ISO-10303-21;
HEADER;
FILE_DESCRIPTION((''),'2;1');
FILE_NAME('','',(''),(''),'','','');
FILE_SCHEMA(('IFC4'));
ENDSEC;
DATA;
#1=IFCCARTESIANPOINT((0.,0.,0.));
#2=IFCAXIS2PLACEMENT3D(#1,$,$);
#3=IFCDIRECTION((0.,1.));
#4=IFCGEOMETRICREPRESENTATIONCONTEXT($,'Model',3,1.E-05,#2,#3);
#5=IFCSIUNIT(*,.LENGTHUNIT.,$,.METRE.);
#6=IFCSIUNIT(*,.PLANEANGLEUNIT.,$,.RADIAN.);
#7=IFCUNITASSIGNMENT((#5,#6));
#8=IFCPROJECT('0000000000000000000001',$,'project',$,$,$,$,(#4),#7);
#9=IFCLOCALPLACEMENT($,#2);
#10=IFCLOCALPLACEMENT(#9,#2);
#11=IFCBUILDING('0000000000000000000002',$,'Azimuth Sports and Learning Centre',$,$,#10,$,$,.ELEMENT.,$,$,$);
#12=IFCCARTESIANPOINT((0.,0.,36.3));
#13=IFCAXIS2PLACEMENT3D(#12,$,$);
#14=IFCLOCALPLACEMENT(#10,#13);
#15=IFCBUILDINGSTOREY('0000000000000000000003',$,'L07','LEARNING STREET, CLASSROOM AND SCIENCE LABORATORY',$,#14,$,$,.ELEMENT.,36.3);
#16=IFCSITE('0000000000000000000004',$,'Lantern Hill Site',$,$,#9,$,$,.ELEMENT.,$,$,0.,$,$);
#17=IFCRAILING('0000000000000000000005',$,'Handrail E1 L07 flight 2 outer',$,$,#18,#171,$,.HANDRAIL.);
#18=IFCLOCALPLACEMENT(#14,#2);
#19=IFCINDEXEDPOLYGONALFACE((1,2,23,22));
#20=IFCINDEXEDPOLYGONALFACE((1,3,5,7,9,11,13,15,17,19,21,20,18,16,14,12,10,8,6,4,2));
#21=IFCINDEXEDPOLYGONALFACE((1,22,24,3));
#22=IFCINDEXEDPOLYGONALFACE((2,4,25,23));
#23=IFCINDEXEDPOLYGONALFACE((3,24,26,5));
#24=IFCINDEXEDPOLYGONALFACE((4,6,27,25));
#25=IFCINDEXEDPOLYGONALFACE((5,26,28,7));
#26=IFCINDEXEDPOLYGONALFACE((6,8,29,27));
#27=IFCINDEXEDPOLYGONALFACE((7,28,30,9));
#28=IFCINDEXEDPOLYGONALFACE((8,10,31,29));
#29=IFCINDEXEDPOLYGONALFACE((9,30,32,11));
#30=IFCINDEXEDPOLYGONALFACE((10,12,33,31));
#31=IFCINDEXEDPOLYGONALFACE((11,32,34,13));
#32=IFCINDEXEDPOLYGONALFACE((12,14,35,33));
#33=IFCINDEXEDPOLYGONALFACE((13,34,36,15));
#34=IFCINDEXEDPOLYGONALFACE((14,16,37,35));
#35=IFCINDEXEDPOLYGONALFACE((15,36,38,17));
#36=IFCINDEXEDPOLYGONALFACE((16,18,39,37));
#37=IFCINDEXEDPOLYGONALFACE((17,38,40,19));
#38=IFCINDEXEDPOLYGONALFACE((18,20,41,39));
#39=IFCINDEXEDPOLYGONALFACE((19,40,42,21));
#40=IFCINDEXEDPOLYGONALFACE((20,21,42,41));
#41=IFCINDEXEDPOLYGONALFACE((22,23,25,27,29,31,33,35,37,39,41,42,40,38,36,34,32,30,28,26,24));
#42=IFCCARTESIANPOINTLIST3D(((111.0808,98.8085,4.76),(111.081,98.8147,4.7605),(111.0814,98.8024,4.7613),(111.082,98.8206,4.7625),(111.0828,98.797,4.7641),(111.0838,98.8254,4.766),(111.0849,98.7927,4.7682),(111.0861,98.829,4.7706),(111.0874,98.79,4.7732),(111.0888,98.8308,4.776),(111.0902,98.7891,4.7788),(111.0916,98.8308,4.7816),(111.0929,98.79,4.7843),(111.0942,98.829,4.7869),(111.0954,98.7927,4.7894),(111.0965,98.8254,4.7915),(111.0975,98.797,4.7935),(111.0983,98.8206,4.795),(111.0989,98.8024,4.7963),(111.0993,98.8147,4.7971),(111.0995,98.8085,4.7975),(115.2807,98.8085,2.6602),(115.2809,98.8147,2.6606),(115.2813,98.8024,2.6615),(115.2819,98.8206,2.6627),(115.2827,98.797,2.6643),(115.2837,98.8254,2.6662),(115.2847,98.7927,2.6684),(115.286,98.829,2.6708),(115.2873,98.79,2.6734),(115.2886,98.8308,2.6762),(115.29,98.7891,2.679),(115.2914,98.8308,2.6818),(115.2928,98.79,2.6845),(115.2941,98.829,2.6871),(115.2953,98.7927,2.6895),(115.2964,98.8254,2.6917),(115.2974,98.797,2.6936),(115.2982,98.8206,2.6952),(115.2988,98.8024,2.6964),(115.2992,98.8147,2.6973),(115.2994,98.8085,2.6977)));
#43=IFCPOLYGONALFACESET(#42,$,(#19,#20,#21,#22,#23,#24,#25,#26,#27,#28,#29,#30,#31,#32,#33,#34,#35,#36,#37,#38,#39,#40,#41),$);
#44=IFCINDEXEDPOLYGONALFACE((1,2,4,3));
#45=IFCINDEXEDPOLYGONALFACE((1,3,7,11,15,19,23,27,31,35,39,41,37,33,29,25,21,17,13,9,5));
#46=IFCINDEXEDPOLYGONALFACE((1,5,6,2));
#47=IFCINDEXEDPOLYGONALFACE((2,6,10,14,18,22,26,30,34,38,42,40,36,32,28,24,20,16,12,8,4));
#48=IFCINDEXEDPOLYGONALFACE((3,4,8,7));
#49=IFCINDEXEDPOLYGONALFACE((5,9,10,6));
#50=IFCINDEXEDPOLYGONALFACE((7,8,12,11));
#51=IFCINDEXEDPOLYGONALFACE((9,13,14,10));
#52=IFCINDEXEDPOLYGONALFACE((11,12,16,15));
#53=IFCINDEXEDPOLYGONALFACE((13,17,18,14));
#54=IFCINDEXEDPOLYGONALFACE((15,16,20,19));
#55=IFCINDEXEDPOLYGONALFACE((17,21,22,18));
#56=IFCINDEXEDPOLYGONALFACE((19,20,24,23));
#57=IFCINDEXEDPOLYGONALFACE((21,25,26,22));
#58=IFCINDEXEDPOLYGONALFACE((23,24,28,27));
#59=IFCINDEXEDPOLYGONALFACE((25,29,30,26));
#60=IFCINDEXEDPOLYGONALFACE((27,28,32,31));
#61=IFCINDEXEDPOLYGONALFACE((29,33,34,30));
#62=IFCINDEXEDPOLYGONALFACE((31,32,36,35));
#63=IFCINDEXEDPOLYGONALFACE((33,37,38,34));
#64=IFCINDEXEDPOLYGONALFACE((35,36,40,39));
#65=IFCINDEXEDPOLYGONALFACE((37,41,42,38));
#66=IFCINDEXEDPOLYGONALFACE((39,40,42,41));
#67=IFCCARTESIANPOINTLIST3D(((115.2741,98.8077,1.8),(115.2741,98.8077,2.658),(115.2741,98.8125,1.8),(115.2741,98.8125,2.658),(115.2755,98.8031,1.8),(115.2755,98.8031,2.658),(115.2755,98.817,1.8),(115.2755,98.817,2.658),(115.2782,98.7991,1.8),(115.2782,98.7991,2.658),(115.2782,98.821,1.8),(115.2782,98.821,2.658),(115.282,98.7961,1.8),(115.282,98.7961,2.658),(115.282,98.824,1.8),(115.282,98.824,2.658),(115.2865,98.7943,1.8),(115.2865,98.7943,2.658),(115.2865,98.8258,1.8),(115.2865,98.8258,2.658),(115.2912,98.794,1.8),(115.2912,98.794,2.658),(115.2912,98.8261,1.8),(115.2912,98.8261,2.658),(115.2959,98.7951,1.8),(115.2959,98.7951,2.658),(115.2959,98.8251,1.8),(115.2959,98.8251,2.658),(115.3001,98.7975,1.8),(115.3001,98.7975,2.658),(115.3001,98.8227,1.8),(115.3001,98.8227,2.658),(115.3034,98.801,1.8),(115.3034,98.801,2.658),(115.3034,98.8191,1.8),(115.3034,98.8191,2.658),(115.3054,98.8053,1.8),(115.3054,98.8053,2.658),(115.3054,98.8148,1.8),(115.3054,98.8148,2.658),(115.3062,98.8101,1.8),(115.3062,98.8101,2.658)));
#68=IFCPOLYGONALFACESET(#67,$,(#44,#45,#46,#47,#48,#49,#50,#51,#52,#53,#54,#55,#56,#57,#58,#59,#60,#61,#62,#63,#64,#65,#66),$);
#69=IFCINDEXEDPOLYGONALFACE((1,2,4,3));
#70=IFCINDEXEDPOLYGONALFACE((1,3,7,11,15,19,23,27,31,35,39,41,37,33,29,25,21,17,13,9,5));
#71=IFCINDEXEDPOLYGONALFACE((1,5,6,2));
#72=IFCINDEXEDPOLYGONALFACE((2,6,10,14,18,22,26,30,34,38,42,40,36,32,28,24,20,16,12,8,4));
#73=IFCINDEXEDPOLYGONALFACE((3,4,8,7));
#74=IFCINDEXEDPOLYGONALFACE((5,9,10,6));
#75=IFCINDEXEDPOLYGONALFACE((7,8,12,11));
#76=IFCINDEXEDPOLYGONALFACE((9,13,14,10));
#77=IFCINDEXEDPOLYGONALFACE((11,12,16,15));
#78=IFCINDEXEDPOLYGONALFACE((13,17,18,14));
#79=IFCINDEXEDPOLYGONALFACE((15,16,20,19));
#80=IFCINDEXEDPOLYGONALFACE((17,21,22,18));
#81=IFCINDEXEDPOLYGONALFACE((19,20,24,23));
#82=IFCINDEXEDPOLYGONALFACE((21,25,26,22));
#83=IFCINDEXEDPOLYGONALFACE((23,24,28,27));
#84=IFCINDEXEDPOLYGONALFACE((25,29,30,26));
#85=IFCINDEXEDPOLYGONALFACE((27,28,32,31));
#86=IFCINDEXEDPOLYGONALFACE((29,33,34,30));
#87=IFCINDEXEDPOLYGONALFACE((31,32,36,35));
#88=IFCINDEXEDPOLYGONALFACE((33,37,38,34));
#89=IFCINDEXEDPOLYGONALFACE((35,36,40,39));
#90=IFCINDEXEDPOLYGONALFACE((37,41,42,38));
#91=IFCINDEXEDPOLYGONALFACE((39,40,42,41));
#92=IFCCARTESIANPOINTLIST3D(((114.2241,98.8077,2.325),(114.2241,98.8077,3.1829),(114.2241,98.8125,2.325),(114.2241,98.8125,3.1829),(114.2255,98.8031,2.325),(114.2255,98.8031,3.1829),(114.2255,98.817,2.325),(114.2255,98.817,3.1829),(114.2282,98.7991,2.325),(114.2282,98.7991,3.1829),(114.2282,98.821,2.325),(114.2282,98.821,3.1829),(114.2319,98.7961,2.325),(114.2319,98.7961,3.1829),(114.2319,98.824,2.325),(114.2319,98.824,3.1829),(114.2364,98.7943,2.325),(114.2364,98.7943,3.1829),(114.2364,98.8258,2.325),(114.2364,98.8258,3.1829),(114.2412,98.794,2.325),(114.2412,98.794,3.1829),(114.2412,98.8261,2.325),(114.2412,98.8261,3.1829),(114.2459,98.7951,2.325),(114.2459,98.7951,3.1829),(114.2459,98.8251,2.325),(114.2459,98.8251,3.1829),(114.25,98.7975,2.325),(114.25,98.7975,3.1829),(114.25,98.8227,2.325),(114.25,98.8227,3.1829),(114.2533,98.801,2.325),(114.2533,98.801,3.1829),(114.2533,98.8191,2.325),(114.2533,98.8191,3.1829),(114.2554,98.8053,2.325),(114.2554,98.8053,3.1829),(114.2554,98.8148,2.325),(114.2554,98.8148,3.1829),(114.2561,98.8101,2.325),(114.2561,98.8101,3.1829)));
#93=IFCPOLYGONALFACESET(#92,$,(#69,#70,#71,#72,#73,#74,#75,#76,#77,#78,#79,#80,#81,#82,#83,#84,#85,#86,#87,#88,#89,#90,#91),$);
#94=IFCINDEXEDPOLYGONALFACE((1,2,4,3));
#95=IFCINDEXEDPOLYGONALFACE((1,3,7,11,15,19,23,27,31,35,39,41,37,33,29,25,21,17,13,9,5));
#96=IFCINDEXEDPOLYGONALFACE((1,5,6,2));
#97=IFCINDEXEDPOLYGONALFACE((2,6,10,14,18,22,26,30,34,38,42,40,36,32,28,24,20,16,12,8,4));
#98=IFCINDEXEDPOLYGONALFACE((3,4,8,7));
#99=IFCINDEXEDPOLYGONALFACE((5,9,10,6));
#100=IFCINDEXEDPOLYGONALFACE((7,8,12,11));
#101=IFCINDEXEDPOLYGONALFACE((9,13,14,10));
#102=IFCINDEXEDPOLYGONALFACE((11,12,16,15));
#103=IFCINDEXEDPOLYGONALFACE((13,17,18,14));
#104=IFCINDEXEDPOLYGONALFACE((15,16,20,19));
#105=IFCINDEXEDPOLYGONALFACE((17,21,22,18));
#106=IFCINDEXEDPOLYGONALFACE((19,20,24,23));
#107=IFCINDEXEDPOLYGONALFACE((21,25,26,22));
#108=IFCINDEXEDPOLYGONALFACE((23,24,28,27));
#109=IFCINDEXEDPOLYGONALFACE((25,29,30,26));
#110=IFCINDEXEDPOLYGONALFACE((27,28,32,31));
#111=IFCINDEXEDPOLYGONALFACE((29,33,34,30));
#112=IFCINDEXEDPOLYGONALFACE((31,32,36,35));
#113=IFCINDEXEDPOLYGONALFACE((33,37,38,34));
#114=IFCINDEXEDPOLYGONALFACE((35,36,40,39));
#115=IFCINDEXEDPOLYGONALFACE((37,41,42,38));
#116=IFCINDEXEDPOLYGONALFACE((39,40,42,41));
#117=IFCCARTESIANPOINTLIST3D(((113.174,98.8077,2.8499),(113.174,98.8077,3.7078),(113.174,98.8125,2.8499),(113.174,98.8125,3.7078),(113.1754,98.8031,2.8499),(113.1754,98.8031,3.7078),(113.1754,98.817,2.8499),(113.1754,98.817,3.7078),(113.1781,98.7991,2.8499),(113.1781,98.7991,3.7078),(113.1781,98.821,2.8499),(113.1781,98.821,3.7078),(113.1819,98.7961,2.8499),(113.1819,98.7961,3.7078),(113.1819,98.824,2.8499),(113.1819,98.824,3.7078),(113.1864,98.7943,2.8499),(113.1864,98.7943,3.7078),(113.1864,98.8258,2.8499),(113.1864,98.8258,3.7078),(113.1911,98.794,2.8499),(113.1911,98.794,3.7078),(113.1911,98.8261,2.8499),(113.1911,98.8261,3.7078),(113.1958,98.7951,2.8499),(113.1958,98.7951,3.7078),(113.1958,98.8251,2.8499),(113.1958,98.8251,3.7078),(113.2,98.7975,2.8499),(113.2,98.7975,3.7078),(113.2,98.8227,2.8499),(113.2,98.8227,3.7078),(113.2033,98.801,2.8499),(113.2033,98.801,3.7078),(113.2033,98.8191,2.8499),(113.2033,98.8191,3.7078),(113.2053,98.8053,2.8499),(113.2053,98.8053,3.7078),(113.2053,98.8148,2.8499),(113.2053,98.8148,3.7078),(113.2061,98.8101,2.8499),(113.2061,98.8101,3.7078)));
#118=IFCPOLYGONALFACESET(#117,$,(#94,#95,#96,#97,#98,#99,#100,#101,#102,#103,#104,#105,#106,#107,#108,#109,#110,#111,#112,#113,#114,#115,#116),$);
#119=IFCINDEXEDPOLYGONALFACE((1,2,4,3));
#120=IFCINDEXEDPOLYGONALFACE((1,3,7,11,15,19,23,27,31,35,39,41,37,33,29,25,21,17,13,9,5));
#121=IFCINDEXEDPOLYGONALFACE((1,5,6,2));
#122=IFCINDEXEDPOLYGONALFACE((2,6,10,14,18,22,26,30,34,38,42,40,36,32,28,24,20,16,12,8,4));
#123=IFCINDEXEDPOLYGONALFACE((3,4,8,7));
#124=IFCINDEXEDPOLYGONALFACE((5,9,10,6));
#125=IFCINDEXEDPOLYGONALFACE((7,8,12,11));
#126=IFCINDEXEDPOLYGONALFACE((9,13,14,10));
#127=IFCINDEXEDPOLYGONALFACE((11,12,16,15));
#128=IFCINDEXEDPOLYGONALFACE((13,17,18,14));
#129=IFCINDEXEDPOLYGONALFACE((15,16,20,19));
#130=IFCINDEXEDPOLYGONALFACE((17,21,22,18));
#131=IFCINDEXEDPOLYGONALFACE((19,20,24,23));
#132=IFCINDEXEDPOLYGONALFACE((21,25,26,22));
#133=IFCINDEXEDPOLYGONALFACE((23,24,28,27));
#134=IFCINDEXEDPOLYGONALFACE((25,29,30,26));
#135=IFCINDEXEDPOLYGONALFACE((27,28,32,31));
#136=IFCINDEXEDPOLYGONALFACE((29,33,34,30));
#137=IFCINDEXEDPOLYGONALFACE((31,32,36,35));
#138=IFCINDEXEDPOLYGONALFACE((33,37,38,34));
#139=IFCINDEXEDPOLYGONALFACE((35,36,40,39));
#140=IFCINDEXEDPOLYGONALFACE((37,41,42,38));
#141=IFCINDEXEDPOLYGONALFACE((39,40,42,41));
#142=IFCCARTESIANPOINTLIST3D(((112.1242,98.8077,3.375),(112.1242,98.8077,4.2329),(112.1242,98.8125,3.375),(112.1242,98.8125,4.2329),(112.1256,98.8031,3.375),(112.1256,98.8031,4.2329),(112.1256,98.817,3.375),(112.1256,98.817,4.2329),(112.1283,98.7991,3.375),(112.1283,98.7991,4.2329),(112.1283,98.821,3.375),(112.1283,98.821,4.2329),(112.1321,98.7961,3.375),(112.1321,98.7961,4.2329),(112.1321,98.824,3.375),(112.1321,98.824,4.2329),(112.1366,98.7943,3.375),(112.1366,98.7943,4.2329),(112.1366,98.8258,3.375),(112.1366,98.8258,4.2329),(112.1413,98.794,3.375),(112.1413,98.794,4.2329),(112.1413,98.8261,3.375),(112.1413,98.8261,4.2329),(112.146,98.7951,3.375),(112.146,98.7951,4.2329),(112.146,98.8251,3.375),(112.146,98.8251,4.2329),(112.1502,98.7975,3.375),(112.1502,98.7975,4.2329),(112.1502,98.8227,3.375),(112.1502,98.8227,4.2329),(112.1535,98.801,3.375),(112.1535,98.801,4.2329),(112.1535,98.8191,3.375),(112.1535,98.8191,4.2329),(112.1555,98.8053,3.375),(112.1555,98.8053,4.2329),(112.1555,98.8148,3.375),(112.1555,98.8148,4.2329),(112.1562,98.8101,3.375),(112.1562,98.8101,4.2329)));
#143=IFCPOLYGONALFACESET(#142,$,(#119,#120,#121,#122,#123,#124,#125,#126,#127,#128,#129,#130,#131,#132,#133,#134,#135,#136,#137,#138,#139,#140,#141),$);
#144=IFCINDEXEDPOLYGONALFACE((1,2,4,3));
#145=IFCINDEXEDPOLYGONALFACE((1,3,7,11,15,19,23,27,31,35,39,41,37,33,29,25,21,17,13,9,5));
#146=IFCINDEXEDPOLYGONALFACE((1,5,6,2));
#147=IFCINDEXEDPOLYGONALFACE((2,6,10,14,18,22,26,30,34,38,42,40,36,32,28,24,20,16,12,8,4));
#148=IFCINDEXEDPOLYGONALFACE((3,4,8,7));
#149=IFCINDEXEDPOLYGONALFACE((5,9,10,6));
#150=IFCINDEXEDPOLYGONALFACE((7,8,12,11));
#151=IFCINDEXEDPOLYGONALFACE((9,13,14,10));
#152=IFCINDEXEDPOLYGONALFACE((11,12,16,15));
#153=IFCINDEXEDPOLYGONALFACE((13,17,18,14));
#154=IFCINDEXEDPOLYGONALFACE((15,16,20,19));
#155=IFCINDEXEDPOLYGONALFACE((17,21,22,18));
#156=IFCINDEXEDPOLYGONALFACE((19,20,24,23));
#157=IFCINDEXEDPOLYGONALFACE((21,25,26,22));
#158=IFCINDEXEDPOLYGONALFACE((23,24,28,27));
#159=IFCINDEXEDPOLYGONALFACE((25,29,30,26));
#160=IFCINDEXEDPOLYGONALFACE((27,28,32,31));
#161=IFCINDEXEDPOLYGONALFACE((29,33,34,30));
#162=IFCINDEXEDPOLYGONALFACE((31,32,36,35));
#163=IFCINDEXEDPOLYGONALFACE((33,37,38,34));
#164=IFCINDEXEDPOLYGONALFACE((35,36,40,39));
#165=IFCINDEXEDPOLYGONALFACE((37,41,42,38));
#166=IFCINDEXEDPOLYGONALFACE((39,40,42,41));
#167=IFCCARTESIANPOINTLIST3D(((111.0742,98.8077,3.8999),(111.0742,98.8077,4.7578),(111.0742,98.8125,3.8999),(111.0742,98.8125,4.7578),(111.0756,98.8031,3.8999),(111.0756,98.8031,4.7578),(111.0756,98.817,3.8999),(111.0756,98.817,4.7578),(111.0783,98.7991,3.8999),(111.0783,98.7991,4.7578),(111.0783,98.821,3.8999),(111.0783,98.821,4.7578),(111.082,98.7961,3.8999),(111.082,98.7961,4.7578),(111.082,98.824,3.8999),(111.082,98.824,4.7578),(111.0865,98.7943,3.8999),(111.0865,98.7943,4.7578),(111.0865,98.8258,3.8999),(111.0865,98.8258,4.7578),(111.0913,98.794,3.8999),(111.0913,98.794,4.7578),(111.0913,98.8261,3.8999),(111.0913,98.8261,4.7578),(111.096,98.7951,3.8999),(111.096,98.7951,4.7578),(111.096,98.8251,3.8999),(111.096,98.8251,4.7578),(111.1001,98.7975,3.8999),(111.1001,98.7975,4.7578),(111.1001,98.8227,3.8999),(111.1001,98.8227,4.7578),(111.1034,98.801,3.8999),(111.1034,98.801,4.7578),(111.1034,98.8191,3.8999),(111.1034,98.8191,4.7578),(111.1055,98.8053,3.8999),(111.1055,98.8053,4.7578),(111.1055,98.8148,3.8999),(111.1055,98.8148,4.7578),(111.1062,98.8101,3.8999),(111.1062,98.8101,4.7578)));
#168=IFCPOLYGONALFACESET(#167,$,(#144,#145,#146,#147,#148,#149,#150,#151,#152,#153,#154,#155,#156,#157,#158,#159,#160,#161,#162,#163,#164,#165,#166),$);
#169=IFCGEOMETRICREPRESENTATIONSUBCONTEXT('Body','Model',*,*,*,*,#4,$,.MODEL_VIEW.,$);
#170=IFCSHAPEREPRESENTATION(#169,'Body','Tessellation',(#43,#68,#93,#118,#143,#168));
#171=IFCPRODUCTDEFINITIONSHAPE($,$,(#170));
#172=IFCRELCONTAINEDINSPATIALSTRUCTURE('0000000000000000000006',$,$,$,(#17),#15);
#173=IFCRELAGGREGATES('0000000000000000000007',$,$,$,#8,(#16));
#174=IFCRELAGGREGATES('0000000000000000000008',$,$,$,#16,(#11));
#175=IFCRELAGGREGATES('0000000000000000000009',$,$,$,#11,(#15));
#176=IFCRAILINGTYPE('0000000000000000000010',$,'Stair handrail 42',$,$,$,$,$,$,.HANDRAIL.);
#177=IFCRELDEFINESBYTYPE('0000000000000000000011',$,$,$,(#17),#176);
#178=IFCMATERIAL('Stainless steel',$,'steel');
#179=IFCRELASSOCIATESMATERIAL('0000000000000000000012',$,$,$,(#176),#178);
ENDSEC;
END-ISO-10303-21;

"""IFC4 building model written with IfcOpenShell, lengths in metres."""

from ifc_helpers import new_model, si_unit, direction, frame, origin, origin_2d, place, context, subcontext, project, spatial, circle, extrude, material, type_object, element, save


model = new_model("IFC4")

# Units and contexts
model_context = context("Model", 3, precision=1e-05, world=origin(), true_north=direction((0.0, 1.0)))
body_context = subcontext(model_context, "Body", "Model", "MODEL_VIEW")
ifc_project = project(units=[si_unit("LENGTHUNIT", "METRE"), si_unit("PLANEANGLEUNIT", "RADIAN")], contexts=[model_context])

# Site, building, storey
site_placement = place(None, origin())
site = spatial("IfcSite", under=ifc_project, at=site_placement, Name="Lantern Hill Site", CompositionType="ELEMENT", RefElevation=0.0)
building_placement = place(site_placement, origin())
building = spatial("IfcBuilding", under=site, at=building_placement, Name="Azimuth Sports and Learning Centre", CompositionType="ELEMENT")
storey_placement = place(building_placement, frame((0.0, 0.0, 36.3)))
storey = spatial("IfcBuildingStorey", under=building, at=storey_placement, Name="L07", Description="LEARNING STREET, CLASSROOM AND SCIENCE LABORATORY", CompositionType="ELEMENT", Elevation=36.3)

# Railing
ifc_material_1 = material(Name="Stainless steel", Category="steel")
railing_type_1 = type_object("IfcRailingType", Name="Stair handrail 42", PredefinedType="HANDRAIL", material=ifc_material_1)
for number, where, name in (
    (1, (115.29, 98.8101, 1.8), "Handrail E1 L07 flight 2 outer"),
):
    element("IfcRailing", number, at=place(storey_placement, frame(where)), inside=storey, type_object=railing_type_1, Name=name, PredefinedType="HANDRAIL", context=body_context, shape_type="SweptSolid", body=[
        extrude(circle(Radius=0.021, at=origin_2d()), frame((0.0, 0.0, 0.8789), z_axis=(-0.894438, 0.0, 0.447193), x_axis=(0.0, -1.0, 0.0)), (0.0, 0.0, 1.0), 4.6956),
        extrude(circle(Radius=0.0161, at=origin_2d()), origin(), (0.0, 0.0, 1.0), 0.8579),
        extrude(circle(Radius=0.0161, at=origin_2d()), frame((-1.05, 0.0, 0.5249)), (0.0, 0.0, 1.0), 0.8579),
        extrude(circle(Radius=0.0161, at=origin_2d()), frame((-2.1001, 0.0, 1.0498)), (0.0, 0.0, 1.0), 0.8579),
        extrude(circle(Radius=0.0161, at=origin_2d()), frame((-3.1499, 0.0, 1.575)), (0.0, 0.0, 1.0), 0.8579),
        extrude(circle(Radius=0.0161, at=origin_2d()), frame((-4.2, 0.0, 2.0999)), (0.0, 0.0, 1.0), 0.8579),
    ])

save(model, "model.ifc")
